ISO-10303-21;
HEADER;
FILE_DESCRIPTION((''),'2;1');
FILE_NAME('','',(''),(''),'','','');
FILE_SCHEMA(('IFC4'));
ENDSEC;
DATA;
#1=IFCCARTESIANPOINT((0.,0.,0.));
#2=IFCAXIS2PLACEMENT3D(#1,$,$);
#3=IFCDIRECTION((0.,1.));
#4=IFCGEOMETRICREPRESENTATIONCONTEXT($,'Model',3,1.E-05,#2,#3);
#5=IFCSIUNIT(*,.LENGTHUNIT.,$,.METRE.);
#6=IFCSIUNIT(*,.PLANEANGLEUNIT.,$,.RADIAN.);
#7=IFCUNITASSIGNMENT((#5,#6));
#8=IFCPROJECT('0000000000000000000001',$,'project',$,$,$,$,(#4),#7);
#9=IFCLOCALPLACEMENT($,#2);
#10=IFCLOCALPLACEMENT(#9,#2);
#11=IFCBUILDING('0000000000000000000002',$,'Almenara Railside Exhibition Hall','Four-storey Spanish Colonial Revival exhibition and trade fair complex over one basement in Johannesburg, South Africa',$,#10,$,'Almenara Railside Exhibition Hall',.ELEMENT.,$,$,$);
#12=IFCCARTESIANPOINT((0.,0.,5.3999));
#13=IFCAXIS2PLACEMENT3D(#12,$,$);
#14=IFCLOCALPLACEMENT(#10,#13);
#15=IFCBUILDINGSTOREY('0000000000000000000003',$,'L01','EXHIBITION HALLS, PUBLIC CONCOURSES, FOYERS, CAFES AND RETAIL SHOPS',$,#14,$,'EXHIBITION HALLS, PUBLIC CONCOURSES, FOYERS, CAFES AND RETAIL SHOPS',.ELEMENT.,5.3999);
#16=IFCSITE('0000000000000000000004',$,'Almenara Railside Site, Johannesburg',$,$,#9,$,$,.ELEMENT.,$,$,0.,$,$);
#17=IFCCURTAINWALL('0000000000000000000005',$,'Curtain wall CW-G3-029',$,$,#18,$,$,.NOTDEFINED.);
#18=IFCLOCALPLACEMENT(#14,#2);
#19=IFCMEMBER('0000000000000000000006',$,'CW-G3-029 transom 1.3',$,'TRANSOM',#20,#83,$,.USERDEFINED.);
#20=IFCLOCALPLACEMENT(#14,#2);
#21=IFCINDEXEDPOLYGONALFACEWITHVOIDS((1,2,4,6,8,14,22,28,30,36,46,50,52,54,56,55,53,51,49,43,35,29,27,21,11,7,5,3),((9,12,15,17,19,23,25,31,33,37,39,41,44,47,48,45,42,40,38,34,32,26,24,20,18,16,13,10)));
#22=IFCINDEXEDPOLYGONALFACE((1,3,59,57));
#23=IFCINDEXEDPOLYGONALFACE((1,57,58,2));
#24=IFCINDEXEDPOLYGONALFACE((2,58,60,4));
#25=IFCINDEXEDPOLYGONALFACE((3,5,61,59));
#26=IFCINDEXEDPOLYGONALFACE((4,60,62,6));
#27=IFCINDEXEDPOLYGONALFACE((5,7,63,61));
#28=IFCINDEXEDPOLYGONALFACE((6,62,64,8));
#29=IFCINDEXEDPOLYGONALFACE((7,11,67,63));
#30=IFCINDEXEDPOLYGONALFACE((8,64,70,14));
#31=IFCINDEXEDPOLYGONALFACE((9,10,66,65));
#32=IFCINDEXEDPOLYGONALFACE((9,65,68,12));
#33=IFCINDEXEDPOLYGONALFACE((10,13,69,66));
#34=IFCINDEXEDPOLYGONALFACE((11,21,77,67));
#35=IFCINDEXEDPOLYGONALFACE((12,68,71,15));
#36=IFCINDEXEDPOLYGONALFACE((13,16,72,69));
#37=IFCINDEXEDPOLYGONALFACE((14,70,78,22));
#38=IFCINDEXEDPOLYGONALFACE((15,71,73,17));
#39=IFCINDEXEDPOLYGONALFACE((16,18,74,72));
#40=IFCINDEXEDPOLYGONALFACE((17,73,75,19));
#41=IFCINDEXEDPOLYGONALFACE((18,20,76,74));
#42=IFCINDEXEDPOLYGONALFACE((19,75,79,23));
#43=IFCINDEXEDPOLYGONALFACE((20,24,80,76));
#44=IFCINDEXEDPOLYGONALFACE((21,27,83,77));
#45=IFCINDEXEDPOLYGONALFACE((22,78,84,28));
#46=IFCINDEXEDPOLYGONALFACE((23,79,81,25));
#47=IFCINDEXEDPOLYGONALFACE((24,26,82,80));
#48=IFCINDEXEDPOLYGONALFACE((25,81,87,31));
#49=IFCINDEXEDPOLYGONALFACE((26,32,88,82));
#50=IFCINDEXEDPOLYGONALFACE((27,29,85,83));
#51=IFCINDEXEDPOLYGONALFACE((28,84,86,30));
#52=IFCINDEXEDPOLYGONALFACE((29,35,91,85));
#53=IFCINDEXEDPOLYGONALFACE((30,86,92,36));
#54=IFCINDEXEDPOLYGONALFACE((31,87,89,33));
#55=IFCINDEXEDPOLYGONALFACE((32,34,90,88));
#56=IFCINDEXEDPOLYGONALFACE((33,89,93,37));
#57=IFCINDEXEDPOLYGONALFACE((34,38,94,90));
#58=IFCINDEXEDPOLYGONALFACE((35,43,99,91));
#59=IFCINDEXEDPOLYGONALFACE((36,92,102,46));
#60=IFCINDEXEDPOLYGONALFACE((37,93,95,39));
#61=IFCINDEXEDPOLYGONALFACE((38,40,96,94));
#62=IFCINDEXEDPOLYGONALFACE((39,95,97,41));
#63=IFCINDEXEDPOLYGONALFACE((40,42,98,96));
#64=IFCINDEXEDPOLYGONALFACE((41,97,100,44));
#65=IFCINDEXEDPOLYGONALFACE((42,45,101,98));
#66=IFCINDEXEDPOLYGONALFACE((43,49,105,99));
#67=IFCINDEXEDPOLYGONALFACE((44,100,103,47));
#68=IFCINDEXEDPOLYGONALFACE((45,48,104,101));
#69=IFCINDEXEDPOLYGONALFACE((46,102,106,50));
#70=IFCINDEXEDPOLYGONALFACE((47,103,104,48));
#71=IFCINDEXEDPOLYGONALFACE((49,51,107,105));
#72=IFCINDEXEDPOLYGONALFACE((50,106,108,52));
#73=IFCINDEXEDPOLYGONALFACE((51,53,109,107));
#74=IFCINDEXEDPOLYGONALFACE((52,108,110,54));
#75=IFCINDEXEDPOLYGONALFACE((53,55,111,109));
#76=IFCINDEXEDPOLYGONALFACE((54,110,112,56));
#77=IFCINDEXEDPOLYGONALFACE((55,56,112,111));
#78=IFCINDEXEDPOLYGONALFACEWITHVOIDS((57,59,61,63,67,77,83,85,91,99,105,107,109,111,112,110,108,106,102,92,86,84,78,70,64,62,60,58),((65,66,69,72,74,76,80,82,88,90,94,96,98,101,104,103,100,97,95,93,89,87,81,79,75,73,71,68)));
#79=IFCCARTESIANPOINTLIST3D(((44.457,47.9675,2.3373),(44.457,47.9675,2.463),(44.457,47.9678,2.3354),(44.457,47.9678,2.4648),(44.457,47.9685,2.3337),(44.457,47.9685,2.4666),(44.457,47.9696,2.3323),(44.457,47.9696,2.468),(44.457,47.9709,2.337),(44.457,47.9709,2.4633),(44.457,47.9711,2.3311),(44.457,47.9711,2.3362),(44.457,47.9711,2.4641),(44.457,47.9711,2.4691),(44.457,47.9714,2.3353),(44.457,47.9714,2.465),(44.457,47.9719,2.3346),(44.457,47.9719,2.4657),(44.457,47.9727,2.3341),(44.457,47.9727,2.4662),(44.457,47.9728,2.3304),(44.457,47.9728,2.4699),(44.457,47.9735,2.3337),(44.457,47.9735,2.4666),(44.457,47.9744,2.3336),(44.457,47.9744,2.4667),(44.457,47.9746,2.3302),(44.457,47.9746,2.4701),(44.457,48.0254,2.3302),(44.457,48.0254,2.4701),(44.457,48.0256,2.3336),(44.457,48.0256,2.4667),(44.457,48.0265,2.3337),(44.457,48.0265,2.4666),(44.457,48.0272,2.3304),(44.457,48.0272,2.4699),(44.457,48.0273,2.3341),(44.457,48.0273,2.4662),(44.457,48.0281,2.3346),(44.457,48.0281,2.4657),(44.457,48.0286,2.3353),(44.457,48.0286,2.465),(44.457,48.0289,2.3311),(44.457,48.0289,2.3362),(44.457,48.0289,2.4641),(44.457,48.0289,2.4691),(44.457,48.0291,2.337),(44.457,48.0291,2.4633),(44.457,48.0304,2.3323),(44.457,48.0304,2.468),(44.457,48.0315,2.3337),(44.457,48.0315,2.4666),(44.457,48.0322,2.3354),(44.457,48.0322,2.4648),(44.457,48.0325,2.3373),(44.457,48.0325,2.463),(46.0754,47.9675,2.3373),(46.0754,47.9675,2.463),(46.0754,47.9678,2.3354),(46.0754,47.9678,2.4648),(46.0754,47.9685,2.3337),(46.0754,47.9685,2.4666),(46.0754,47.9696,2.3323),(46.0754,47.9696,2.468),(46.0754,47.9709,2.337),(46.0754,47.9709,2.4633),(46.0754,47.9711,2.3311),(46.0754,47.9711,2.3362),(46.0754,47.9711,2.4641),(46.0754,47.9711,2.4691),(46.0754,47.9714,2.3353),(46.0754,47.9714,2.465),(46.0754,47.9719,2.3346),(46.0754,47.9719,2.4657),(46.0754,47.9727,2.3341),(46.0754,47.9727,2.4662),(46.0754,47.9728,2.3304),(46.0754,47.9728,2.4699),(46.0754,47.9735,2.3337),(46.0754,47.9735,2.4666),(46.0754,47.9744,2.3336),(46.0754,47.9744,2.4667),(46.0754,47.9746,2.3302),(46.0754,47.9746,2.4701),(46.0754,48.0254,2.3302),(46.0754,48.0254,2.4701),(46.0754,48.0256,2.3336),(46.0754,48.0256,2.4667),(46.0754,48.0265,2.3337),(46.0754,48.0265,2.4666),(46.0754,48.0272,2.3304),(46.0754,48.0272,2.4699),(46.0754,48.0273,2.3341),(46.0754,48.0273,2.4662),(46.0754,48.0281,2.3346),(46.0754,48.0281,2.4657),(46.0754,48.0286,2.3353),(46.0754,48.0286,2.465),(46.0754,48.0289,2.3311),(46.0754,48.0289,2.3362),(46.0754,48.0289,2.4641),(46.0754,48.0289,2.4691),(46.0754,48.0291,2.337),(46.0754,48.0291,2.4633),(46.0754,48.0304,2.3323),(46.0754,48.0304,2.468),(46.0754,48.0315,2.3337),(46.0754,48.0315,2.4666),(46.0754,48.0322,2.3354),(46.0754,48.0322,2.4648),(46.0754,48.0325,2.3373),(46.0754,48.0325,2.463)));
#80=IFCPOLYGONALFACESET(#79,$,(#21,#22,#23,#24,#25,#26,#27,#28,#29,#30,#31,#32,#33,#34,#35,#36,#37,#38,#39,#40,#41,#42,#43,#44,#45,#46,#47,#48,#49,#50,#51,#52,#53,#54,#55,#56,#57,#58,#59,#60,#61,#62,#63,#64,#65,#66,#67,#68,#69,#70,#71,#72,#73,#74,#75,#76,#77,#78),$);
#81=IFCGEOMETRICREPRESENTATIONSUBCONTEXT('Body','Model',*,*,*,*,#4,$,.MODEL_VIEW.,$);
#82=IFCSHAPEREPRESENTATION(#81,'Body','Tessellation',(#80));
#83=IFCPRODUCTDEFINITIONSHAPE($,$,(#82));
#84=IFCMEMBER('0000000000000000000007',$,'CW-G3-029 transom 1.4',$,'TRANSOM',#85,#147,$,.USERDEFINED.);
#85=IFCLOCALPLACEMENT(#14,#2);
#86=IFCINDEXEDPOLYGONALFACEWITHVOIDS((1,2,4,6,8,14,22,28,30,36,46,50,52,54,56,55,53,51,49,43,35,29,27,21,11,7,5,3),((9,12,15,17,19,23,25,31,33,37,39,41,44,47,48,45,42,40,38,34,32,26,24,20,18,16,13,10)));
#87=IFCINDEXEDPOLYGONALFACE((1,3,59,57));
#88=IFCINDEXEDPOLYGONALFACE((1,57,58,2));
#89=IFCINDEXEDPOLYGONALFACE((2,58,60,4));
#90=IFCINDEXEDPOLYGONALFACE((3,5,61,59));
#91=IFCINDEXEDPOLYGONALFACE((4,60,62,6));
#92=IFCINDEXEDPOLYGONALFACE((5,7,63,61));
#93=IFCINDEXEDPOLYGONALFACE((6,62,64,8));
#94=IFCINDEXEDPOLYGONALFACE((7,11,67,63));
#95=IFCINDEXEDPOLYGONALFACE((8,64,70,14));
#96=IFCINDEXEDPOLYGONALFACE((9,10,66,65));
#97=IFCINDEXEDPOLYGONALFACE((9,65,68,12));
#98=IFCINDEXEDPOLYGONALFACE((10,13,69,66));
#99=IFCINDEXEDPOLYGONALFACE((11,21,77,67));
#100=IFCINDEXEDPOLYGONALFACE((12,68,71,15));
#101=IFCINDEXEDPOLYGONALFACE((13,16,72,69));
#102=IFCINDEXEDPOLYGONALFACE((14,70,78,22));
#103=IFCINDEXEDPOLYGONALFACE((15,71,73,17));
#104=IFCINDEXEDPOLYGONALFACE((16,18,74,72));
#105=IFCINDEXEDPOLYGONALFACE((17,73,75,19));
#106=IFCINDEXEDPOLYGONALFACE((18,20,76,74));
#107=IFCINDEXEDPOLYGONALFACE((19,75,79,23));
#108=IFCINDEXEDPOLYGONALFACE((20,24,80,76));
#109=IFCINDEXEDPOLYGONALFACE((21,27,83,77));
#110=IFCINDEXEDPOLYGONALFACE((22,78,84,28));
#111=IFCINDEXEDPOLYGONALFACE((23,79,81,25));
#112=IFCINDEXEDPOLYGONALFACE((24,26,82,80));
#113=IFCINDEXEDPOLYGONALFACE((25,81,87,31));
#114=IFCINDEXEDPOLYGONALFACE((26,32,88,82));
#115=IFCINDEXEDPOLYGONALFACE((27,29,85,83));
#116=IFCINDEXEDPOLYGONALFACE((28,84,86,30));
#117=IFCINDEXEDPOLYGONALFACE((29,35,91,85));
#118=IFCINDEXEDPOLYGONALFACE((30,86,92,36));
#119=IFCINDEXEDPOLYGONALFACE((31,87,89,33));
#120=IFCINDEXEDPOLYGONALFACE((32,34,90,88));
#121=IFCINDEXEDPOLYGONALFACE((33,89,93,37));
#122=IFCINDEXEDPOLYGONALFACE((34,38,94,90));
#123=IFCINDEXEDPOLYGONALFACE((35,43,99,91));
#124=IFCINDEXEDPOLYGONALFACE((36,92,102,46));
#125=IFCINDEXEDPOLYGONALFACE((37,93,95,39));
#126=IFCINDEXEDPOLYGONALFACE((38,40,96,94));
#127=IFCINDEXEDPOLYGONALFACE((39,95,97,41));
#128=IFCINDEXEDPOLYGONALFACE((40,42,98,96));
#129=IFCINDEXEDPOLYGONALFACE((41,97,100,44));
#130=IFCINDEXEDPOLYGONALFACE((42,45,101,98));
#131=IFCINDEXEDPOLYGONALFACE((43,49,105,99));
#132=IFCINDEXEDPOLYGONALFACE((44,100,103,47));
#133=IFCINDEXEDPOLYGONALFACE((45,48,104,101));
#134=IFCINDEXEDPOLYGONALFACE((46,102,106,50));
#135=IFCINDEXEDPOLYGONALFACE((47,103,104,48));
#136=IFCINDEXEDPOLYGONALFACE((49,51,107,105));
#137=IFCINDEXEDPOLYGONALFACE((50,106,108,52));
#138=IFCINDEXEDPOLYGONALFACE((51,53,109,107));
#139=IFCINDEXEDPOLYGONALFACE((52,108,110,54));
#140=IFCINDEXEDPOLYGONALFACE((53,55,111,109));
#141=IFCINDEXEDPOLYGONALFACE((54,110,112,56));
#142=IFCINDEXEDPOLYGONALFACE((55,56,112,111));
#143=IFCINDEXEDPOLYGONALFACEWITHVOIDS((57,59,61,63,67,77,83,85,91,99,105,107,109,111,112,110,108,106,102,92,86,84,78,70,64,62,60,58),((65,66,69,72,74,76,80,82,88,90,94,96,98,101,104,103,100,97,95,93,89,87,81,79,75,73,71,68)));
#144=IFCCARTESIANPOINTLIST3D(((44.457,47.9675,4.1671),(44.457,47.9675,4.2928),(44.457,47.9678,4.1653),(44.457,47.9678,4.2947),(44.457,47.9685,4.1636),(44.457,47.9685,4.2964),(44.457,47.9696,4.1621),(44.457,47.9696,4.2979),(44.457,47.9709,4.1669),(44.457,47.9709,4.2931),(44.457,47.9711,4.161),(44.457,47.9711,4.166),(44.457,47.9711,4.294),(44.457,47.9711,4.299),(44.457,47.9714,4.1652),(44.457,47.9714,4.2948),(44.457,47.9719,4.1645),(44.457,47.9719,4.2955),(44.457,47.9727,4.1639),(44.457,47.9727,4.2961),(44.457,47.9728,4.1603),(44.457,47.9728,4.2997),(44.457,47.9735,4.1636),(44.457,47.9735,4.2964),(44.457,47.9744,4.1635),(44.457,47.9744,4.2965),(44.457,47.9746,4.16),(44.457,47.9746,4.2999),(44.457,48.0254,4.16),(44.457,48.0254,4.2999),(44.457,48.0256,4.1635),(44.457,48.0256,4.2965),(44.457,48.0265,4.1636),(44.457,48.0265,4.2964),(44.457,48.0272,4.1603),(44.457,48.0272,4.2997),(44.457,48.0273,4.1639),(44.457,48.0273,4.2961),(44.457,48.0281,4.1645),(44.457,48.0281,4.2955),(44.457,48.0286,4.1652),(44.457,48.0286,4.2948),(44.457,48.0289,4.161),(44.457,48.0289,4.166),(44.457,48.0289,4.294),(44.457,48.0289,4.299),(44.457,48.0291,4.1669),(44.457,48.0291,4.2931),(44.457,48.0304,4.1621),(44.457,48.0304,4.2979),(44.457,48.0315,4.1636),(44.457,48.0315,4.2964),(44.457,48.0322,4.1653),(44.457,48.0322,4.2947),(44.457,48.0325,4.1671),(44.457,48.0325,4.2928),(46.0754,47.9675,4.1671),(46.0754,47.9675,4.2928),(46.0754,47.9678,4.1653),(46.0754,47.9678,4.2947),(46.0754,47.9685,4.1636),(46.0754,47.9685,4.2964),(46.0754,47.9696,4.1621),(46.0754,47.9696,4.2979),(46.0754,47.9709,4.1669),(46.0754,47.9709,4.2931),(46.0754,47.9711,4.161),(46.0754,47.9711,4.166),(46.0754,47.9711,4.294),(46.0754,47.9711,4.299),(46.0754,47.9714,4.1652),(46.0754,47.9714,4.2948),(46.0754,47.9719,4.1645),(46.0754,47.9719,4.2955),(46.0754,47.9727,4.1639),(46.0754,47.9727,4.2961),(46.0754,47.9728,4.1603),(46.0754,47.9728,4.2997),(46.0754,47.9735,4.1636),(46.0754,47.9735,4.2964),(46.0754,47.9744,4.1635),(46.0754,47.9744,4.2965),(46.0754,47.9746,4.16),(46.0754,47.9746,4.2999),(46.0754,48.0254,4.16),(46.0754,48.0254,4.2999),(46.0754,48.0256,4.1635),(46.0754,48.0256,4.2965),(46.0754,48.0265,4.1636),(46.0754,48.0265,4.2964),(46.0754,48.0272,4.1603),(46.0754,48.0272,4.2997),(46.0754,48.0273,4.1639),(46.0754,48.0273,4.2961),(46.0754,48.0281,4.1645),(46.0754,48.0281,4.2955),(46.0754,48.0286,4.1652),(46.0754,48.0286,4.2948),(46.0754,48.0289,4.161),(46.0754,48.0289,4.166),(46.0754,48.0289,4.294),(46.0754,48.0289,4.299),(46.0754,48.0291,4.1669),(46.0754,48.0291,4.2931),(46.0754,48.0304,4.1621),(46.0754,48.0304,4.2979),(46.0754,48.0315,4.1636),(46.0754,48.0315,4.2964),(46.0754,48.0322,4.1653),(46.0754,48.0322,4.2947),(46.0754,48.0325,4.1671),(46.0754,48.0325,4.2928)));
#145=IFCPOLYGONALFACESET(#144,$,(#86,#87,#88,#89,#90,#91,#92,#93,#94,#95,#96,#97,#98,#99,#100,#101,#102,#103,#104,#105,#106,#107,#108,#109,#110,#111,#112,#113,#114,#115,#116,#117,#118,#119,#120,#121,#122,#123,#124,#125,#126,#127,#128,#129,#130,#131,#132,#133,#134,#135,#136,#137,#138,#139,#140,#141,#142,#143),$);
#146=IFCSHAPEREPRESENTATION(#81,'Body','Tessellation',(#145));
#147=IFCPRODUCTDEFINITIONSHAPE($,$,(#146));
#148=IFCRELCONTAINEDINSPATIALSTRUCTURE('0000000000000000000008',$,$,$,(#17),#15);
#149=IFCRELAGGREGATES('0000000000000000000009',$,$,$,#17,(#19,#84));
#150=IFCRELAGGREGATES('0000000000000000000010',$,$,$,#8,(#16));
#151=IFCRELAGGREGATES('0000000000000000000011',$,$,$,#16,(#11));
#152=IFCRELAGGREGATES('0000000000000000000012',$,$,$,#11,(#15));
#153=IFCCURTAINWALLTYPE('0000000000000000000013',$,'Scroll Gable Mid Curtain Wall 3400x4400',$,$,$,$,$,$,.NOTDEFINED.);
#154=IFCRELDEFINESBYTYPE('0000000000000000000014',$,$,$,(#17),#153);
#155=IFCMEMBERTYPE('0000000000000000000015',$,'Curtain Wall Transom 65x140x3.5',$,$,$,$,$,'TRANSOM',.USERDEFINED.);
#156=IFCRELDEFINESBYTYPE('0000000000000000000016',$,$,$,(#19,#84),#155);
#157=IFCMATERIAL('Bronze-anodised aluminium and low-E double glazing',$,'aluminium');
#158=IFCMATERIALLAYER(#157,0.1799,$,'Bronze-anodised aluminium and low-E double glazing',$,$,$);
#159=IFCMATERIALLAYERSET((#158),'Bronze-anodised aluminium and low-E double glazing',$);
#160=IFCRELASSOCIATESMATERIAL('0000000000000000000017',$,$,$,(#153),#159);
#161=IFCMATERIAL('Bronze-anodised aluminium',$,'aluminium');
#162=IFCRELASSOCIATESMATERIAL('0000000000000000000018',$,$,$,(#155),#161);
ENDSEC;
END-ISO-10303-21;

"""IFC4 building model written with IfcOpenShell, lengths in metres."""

from ifc_helpers import new_model, si_unit, direction, frame, origin, origin_2d, place, context, subcontext, project, spatial, hollow_rectangle, extrude, material, layer, layer_set, material_profile, profile_set, type_object, element, aggregate, save


model = new_model("IFC4")

# Units and contexts
model_context = context("Model", 3, precision=1e-05, world=origin(), true_north=direction((0.0, 1.0)))
body_context = subcontext(model_context, "Body", "Model", "MODEL_VIEW")
ifc_project = project(units=[si_unit("LENGTHUNIT", "METRE"), si_unit("PLANEANGLEUNIT", "RADIAN")], contexts=[model_context])

# Site, building, storey
site_placement = place(None, origin())
site = spatial("IfcSite", under=ifc_project, at=site_placement, Name="Almenara Railside Site, Johannesburg", CompositionType="ELEMENT", RefElevation=0.0)
building_placement = place(site_placement, origin())
building = spatial("IfcBuilding", under=site, at=building_placement, Name="Almenara Railside Exhibition Hall", Description="Four-storey Spanish Colonial Revival exhibition and trade fair complex over one basement in Johannesburg, South Africa", LongName="Almenara Railside Exhibition Hall", CompositionType="ELEMENT")
storey_placement = place(building_placement, frame((0.0, 0.0, 5.3999)))
storey = spatial("IfcBuildingStorey", under=building, at=storey_placement, Name="L01", Description="EXHIBITION HALLS, PUBLIC CONCOURSES, FOYERS, CAFES AND RETAIL SHOPS", LongName="EXHIBITION HALLS, PUBLIC CONCOURSES, FOYERS, CAFES AND RETAIL SHOPS", CompositionType="ELEMENT", Elevation=5.3999)

# Curtain wall
ifc_material_1 = material(Name="Bronze-anodised aluminium and low-E double glazing", Category="aluminium")
ifc_layer_1 = layer(ifc_material_1, 0.1799, Name="Bronze-anodised aluminium and low-E double glazing")
ifc_layer_set_1 = layer_set([ifc_layer_1], Name="Bronze-anodised aluminium and low-E double glazing")
curtain_wall_type = type_object("IfcCurtainWallType", Name="Scroll Gable Mid Curtain Wall 3400x4400", PredefinedType="NOTDEFINED", material=ifc_layer_set_1)
curtain_wall_1_placement = place(storey_placement, origin())
curtain_wall_1 = element("IfcCurtainWall", 1, at=curtain_wall_1_placement, inside=storey, type_object=curtain_wall_type, Name="Curtain wall CW-G3-029", PredefinedType="NOTDEFINED")
ifc_material_2 = material(Name="Bronze-anodised aluminium", Category="aluminium")

# Members
ifc_material_profile_1 = material_profile(ifc_material_2, hollow_rectangle(XDim=0.0649, YDim=0.1399, WallThickness=0.0034, InnerFilletRadius=0.0034, OuterFilletRadius=0.0071, at=origin_2d()), Name="ALU-TRN 65x140x3.5")
ifc_profile_set_1 = profile_set([ifc_material_profile_1], Name="Bronze-anodised aluminium")
member_type_1 = type_object("IfcMemberType", Name="Curtain Wall Transom 65x140x3.5", ElementType="TRANSOM", PredefinedType="USERDEFINED", material=ifc_profile_set_1)
member_1_placement = place(storey_placement, frame((44.457, 48.0, 2.4001), z_axis=(1.0, 0.0, 0.0), x_axis=(0.0, 1.0, 0.0)))
member_1 = element("IfcMember", 2, at=member_1_placement, type_object=member_type_1, Name="CW-G3-029 transom 1.3", ObjectType="TRANSOM", PredefinedType="USERDEFINED", context=body_context, shape_type="SweptSolid", body=[
    extrude(hollow_rectangle(XDim=0.0649, YDim=0.1399, WallThickness=0.0034, InnerFilletRadius=0.0034, OuterFilletRadius=0.0071, at=origin_2d()), origin(), (0.0, 0.0, 1.0), 1.6184),
])
member_2_placement = place(storey_placement, frame((44.457, 48.0, 4.23), z_axis=(1.0, 0.0, 0.0), x_axis=(0.0, 1.0, 0.0)))
member_2 = element("IfcMember", 3, at=member_2_placement, type_object=member_type_1, Name="CW-G3-029 transom 1.4", ObjectType="TRANSOM", PredefinedType="USERDEFINED", context=body_context, shape_type="SweptSolid", body=[
    extrude(hollow_rectangle(XDim=0.0649, YDim=0.1399, WallThickness=0.0034, InnerFilletRadius=0.0034, OuterFilletRadius=0.0071, at=origin_2d()), origin(), (0.0, 0.0, 1.0), 1.6184),
])

aggregate(curtain_wall_1, [member_1, member_2])

save(model, "model.ifc")
